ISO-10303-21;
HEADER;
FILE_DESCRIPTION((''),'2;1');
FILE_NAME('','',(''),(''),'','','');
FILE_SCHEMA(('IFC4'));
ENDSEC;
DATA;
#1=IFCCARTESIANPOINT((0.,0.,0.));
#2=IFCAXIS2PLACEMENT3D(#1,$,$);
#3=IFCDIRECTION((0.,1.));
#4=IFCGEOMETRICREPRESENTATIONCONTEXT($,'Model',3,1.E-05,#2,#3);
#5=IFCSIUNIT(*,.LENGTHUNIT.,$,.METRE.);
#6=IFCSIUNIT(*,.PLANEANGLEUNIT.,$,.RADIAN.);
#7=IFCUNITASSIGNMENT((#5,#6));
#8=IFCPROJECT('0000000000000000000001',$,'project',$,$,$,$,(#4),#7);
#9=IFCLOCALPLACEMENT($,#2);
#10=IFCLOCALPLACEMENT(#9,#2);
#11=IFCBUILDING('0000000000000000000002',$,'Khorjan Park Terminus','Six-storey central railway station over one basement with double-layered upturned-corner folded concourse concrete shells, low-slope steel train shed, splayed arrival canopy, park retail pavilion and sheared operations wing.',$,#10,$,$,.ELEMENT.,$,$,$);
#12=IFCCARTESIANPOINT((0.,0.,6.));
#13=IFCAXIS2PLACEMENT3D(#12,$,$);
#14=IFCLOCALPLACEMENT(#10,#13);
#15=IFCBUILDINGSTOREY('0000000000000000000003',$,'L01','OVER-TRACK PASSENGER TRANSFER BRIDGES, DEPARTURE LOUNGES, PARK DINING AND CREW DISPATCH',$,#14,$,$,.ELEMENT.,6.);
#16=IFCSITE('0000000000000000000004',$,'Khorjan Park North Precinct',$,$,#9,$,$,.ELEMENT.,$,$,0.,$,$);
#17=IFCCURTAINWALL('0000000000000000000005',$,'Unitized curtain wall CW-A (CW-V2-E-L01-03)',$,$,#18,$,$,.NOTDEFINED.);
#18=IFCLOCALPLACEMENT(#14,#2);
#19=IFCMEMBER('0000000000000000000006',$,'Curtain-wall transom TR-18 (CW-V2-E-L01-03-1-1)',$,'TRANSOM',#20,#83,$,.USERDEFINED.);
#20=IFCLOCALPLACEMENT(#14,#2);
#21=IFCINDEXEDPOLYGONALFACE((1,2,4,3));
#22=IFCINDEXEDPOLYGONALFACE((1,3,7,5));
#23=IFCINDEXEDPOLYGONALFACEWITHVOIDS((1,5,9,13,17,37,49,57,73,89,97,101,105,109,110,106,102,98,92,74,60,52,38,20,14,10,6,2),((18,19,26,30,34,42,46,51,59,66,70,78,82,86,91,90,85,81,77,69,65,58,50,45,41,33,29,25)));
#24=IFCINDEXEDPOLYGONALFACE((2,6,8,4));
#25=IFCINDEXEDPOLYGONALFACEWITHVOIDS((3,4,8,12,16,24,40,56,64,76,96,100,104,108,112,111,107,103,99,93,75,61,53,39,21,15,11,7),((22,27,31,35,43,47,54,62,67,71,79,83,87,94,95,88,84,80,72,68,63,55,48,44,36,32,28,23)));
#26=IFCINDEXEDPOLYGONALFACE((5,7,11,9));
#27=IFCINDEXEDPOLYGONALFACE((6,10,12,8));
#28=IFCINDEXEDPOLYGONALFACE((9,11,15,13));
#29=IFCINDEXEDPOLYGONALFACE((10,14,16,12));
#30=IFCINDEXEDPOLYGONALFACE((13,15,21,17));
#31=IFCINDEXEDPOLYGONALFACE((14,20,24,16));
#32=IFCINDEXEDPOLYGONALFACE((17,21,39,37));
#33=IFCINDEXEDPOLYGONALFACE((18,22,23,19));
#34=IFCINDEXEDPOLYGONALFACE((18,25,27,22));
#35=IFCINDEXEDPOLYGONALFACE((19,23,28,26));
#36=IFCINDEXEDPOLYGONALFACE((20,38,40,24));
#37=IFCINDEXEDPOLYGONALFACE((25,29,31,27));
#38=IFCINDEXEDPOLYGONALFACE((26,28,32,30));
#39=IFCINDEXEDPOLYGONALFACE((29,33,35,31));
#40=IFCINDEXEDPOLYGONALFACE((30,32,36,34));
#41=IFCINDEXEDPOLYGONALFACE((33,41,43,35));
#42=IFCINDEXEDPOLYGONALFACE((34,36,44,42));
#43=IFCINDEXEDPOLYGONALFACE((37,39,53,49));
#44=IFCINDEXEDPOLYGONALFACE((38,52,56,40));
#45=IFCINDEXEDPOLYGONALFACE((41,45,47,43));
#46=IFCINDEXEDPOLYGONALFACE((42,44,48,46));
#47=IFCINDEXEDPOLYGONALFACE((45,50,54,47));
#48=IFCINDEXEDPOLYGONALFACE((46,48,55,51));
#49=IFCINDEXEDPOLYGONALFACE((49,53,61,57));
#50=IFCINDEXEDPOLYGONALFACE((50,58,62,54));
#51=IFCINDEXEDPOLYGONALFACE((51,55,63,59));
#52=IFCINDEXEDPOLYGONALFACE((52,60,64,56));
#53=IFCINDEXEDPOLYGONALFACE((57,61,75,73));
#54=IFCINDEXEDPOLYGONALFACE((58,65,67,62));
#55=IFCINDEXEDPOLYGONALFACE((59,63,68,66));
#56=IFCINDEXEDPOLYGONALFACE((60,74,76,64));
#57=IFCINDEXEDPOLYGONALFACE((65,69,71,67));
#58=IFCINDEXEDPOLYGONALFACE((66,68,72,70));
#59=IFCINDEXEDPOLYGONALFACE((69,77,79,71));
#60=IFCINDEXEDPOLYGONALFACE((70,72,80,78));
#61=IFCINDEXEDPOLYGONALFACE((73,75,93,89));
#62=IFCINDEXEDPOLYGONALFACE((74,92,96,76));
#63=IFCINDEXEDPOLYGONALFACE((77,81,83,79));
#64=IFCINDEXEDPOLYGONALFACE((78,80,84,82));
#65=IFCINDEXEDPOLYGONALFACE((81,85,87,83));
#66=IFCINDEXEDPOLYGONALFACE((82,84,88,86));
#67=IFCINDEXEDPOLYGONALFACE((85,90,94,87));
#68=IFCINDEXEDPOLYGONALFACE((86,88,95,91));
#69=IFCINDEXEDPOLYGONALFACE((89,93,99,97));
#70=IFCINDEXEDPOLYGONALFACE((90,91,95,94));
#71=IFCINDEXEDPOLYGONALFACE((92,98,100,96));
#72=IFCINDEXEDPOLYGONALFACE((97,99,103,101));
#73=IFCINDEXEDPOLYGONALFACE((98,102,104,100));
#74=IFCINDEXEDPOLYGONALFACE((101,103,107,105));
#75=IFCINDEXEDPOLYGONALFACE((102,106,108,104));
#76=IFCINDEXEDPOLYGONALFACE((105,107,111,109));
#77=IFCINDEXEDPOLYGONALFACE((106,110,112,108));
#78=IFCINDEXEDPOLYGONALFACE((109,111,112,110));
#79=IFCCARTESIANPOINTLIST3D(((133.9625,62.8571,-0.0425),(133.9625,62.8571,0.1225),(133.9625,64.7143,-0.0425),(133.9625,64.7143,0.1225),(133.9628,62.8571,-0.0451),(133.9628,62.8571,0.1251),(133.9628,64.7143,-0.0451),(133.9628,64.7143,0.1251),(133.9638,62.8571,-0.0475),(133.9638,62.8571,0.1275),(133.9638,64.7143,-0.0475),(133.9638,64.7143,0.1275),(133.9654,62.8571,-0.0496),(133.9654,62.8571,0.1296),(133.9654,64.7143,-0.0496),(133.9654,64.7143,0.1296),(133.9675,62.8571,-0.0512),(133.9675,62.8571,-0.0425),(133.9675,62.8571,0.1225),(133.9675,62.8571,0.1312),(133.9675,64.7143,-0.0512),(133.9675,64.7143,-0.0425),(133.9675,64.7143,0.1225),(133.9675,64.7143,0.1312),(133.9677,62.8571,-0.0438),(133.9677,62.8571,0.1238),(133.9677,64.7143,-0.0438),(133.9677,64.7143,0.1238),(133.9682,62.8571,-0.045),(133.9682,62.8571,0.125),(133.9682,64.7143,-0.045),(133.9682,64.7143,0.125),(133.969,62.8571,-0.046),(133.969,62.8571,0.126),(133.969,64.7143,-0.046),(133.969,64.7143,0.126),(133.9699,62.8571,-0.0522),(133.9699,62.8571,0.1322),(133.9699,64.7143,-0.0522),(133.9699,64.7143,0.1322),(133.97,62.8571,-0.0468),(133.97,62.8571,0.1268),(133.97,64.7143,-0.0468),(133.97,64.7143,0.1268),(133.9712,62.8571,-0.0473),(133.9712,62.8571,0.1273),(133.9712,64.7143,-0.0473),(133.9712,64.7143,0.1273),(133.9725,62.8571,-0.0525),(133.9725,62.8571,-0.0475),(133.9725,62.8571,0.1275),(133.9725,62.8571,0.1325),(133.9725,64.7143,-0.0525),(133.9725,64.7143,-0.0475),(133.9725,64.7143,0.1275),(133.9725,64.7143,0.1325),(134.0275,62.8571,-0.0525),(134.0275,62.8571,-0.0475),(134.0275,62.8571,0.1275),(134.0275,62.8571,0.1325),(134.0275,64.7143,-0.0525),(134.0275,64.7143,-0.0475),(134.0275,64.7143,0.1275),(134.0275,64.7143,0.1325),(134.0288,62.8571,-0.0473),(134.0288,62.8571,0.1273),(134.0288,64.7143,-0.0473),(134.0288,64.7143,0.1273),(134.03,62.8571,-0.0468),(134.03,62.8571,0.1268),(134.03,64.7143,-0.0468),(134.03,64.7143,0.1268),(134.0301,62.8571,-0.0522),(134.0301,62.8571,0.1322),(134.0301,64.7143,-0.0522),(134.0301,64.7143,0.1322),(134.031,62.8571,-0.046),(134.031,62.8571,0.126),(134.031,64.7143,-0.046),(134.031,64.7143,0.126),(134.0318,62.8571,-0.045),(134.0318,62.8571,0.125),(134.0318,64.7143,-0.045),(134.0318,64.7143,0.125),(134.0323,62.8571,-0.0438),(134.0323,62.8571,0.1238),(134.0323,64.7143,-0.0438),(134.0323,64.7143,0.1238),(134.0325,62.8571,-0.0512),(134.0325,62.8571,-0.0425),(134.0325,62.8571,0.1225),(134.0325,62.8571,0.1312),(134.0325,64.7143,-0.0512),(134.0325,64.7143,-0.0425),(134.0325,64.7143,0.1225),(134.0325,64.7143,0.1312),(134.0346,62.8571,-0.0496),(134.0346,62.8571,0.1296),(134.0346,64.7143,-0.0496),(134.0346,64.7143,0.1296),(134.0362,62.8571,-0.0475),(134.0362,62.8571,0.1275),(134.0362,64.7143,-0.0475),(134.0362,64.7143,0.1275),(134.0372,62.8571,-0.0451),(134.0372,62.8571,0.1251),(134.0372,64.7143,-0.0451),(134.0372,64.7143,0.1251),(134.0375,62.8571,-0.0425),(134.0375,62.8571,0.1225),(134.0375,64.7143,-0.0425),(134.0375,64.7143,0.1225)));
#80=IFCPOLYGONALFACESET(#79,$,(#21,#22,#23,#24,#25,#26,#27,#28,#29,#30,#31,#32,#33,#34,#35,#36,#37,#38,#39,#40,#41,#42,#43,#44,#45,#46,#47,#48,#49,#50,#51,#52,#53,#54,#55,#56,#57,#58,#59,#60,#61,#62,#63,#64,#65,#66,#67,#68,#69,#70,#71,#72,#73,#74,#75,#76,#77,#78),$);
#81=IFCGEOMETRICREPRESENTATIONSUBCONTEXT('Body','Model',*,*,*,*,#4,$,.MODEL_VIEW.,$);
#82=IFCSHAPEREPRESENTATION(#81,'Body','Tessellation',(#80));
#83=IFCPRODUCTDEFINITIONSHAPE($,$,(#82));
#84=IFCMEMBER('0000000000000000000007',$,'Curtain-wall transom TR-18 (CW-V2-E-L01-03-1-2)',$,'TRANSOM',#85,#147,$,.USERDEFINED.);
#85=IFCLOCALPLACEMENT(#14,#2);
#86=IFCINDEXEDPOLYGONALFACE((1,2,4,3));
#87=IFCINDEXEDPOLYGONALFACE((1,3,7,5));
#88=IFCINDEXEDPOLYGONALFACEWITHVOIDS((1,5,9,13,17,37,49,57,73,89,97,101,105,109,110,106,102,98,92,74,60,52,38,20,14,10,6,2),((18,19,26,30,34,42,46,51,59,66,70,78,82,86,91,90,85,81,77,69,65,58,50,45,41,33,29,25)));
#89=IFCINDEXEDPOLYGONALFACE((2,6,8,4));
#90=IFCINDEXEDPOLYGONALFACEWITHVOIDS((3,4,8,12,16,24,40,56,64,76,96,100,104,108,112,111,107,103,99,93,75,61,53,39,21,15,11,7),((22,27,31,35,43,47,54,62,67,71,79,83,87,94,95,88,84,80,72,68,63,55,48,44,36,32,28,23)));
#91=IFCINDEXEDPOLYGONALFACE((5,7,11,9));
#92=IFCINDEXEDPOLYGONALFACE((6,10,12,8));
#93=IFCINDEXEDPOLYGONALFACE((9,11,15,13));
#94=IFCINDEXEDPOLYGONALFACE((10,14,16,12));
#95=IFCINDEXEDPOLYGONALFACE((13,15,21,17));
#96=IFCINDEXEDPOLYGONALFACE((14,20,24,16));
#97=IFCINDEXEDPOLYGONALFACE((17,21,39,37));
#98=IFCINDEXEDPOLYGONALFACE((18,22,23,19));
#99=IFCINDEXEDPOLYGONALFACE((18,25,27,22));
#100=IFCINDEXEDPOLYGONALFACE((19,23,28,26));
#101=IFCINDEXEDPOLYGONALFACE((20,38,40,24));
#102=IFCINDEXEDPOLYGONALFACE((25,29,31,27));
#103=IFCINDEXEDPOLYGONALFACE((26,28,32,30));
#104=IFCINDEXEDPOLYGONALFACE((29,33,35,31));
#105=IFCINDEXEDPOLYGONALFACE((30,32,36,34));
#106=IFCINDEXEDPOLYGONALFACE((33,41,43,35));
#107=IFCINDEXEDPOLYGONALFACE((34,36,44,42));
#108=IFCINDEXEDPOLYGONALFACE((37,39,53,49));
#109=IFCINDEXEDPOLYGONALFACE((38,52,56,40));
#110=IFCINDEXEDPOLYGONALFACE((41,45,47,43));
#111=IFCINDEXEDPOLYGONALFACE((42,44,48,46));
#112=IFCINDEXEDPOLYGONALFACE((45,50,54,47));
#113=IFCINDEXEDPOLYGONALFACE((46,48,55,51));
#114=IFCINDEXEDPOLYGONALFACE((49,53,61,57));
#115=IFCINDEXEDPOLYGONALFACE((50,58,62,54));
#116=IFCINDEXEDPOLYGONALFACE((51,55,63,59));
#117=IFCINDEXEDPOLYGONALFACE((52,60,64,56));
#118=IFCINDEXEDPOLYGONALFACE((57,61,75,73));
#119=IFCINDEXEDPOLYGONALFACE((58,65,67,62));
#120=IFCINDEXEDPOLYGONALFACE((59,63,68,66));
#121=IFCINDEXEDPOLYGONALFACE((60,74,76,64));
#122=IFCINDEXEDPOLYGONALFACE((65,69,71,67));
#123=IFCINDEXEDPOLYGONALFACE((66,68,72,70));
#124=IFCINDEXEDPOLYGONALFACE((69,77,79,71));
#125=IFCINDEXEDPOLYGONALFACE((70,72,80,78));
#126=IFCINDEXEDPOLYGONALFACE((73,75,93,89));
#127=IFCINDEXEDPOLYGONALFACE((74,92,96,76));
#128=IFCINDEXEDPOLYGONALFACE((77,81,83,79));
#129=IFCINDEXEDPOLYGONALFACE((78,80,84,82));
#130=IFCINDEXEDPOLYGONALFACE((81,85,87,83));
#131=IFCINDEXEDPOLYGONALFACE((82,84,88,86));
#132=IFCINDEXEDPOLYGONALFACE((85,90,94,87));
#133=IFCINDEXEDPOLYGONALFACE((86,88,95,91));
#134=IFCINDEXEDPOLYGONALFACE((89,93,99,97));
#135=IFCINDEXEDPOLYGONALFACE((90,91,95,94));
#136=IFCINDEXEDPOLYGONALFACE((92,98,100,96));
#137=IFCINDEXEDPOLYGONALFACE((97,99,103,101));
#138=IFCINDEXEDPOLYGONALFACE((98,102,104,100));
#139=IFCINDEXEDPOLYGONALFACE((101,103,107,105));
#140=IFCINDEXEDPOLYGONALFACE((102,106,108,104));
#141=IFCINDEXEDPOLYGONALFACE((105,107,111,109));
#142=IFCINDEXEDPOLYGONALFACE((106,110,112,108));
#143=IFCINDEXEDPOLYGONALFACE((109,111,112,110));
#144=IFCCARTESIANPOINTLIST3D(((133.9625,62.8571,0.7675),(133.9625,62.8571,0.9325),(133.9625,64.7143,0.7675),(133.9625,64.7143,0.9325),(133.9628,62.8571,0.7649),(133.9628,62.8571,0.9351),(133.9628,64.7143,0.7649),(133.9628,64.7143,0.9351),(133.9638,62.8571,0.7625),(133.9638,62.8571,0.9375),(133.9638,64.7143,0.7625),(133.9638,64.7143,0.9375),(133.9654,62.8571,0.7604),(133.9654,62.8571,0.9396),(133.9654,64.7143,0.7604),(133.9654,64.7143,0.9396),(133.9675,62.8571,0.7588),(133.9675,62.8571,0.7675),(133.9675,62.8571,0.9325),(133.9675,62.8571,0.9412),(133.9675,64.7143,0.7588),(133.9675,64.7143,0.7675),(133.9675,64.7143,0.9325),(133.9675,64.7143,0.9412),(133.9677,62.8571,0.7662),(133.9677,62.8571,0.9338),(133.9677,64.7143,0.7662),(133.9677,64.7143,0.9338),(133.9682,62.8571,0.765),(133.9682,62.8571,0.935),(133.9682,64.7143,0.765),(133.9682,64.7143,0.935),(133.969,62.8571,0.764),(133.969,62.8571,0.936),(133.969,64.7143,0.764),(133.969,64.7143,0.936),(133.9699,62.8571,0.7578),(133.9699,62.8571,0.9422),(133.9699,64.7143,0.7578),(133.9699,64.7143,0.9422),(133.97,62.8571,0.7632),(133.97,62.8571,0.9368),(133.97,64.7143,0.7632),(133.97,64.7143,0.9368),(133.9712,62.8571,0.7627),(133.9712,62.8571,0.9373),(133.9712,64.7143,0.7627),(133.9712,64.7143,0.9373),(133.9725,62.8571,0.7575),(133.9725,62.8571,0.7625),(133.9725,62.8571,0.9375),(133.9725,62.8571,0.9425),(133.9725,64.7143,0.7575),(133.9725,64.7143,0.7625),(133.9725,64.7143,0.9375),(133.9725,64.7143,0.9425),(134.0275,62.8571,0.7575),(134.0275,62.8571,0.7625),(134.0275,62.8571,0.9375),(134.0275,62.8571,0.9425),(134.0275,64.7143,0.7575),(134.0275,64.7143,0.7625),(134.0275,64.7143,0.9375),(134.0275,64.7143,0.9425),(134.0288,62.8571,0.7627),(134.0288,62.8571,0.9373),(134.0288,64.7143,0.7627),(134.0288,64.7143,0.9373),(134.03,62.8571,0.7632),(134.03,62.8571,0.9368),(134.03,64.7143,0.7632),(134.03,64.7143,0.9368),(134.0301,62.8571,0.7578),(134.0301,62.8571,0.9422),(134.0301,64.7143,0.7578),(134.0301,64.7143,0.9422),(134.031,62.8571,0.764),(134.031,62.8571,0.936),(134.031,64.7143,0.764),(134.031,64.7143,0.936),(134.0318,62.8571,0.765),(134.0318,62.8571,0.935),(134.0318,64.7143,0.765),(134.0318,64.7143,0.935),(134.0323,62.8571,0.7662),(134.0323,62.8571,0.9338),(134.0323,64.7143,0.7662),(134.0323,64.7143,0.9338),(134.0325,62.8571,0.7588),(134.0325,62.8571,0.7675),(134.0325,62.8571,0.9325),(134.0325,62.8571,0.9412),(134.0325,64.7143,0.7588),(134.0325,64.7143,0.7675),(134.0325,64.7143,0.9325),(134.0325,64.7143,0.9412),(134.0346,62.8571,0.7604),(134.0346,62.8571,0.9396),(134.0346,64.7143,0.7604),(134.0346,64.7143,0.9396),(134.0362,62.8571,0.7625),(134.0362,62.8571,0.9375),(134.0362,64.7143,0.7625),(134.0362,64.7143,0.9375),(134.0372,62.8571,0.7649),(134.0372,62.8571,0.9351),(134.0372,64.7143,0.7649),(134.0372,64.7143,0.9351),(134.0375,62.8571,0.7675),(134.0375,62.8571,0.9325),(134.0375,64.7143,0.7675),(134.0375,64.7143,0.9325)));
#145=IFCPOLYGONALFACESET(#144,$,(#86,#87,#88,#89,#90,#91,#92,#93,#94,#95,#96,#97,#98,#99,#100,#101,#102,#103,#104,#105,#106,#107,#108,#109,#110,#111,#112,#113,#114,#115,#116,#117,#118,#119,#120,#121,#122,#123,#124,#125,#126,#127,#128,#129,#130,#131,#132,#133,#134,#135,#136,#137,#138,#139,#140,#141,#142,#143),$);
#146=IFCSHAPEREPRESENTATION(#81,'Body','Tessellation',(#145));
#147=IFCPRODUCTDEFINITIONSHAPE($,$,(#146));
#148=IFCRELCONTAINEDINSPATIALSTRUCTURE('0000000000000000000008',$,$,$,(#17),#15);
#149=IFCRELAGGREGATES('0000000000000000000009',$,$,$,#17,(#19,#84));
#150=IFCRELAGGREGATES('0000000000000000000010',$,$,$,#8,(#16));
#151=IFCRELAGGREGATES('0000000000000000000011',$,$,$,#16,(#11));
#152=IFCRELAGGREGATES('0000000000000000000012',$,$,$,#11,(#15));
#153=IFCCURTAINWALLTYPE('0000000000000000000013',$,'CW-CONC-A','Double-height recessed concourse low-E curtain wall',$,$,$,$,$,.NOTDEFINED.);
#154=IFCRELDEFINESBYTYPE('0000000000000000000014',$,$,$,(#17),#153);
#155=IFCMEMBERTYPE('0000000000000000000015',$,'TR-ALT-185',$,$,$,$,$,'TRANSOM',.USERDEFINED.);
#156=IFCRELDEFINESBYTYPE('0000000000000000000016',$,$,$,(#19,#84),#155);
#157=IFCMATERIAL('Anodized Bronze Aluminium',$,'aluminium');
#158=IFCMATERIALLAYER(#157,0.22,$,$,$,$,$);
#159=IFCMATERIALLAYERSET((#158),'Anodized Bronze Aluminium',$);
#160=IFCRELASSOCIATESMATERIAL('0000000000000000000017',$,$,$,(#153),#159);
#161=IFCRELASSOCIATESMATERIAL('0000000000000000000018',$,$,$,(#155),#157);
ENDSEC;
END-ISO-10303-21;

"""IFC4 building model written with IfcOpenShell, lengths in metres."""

from ifc_helpers import new_model, si_unit, direction, frame, origin, origin_2d, place, context, subcontext, project, spatial, hollow_rectangle, extrude, material, layer, layer_set, material_profile, profile_set, type_object, element, aggregate, save


model = new_model("IFC4")

# Units and contexts
model_context = context("Model", 3, precision=1e-05, world=origin(), true_north=direction((0.0, 1.0)))
body_context = subcontext(model_context, "Body", "Model", "MODEL_VIEW")
ifc_project = project(units=[si_unit("LENGTHUNIT", "METRE"), si_unit("PLANEANGLEUNIT", "RADIAN")], contexts=[model_context])

# Site, building, storey
site_placement = place(None, origin())
site = spatial("IfcSite", under=ifc_project, at=site_placement, Name="Khorjan Park North Precinct", CompositionType="ELEMENT", RefElevation=0.0)
building_placement = place(site_placement, origin())
building = spatial("IfcBuilding", under=site, at=building_placement, Name="Khorjan Park Terminus", Description="Six-storey central railway station over one basement with double-layered upturned-corner folded concourse concrete shells, low-slope steel train shed, splayed arrival canopy, park retail pavilion and sheared operations wing.", CompositionType="ELEMENT")
storey_placement = place(building_placement, frame((0.0, 0.0, 6.0)))
storey = spatial("IfcBuildingStorey", under=building, at=storey_placement, Name="L01", Description="OVER-TRACK PASSENGER TRANSFER BRIDGES, DEPARTURE LOUNGES, PARK DINING AND CREW DISPATCH", CompositionType="ELEMENT", Elevation=6.0)

# Shared definitions
ifc_material_1 = material(Name="Anodized Bronze Aluminium", Category="aluminium")
ifc_layer_1 = layer(ifc_material_1, 0.22)
ifc_layer_set_1 = layer_set([ifc_layer_1], Name="Anodized Bronze Aluminium")
curtain_wall_type = type_object("IfcCurtainWallType", Name="CW-CONC-A", Description="Double-height recessed concourse low-E curtain wall", PredefinedType="NOTDEFINED", material=ifc_layer_set_1)

# Curtain wall
curtain_wall_1_placement = place(storey_placement, origin())
curtain_wall_1 = element("IfcCurtainWall", 1, at=curtain_wall_1_placement, inside=storey, type_object=curtain_wall_type, Name="Unitized curtain wall CW-A (CW-V2-E-L01-03)", PredefinedType="NOTDEFINED")

# Members
ifc_material_profile_1 = material_profile(ifc_material_1, hollow_rectangle(XDim=0.075, YDim=0.185, WallThickness=0.005, InnerFilletRadius=0.005, OuterFilletRadius=0.01, at=origin_2d()), Name="ALT 75x185x5")
ifc_profile_set_1 = profile_set([ifc_material_profile_1], Name="Anodized Bronze Aluminium")
member_type_1 = type_object("IfcMemberType", Name="TR-ALT-185", ElementType="TRANSOM", PredefinedType="USERDEFINED", material=ifc_profile_set_1)
member_1_placement = place(storey_placement, frame((134.0, 62.8571, 0.04), z_axis=(0.0, 1.0, 0.0), x_axis=(-1.0, 0.0, 0.0)))
member_1 = element("IfcMember", 2, at=member_1_placement, type_object=member_type_1, Name="Curtain-wall transom TR-18 (CW-V2-E-L01-03-1-1)", ObjectType="TRANSOM", PredefinedType="USERDEFINED", context=body_context, shape_type="SweptSolid", body=[
    extrude(hollow_rectangle(XDim=0.075, YDim=0.185, WallThickness=0.005, InnerFilletRadius=0.005, OuterFilletRadius=0.01, at=origin_2d()), origin(), (0.0, 0.0, 1.0), 1.8572),
])
member_2_placement = place(storey_placement, frame((134.0, 62.8571, 0.85), z_axis=(0.0, 1.0, 0.0), x_axis=(-1.0, 0.0, 0.0)))
member_2 = element("IfcMember", 3, at=member_2_placement, type_object=member_type_1, Name="Curtain-wall transom TR-18 (CW-V2-E-L01-03-1-2)", ObjectType="TRANSOM", PredefinedType="USERDEFINED", context=body_context, shape_type="SweptSolid", body=[
    extrude(hollow_rectangle(XDim=0.075, YDim=0.185, WallThickness=0.005, InnerFilletRadius=0.005, OuterFilletRadius=0.01, at=origin_2d()), origin(), (0.0, 0.0, 1.0), 1.8572),
])

aggregate(curtain_wall_1, [member_1, member_2])

save(model, "model.ifc")
